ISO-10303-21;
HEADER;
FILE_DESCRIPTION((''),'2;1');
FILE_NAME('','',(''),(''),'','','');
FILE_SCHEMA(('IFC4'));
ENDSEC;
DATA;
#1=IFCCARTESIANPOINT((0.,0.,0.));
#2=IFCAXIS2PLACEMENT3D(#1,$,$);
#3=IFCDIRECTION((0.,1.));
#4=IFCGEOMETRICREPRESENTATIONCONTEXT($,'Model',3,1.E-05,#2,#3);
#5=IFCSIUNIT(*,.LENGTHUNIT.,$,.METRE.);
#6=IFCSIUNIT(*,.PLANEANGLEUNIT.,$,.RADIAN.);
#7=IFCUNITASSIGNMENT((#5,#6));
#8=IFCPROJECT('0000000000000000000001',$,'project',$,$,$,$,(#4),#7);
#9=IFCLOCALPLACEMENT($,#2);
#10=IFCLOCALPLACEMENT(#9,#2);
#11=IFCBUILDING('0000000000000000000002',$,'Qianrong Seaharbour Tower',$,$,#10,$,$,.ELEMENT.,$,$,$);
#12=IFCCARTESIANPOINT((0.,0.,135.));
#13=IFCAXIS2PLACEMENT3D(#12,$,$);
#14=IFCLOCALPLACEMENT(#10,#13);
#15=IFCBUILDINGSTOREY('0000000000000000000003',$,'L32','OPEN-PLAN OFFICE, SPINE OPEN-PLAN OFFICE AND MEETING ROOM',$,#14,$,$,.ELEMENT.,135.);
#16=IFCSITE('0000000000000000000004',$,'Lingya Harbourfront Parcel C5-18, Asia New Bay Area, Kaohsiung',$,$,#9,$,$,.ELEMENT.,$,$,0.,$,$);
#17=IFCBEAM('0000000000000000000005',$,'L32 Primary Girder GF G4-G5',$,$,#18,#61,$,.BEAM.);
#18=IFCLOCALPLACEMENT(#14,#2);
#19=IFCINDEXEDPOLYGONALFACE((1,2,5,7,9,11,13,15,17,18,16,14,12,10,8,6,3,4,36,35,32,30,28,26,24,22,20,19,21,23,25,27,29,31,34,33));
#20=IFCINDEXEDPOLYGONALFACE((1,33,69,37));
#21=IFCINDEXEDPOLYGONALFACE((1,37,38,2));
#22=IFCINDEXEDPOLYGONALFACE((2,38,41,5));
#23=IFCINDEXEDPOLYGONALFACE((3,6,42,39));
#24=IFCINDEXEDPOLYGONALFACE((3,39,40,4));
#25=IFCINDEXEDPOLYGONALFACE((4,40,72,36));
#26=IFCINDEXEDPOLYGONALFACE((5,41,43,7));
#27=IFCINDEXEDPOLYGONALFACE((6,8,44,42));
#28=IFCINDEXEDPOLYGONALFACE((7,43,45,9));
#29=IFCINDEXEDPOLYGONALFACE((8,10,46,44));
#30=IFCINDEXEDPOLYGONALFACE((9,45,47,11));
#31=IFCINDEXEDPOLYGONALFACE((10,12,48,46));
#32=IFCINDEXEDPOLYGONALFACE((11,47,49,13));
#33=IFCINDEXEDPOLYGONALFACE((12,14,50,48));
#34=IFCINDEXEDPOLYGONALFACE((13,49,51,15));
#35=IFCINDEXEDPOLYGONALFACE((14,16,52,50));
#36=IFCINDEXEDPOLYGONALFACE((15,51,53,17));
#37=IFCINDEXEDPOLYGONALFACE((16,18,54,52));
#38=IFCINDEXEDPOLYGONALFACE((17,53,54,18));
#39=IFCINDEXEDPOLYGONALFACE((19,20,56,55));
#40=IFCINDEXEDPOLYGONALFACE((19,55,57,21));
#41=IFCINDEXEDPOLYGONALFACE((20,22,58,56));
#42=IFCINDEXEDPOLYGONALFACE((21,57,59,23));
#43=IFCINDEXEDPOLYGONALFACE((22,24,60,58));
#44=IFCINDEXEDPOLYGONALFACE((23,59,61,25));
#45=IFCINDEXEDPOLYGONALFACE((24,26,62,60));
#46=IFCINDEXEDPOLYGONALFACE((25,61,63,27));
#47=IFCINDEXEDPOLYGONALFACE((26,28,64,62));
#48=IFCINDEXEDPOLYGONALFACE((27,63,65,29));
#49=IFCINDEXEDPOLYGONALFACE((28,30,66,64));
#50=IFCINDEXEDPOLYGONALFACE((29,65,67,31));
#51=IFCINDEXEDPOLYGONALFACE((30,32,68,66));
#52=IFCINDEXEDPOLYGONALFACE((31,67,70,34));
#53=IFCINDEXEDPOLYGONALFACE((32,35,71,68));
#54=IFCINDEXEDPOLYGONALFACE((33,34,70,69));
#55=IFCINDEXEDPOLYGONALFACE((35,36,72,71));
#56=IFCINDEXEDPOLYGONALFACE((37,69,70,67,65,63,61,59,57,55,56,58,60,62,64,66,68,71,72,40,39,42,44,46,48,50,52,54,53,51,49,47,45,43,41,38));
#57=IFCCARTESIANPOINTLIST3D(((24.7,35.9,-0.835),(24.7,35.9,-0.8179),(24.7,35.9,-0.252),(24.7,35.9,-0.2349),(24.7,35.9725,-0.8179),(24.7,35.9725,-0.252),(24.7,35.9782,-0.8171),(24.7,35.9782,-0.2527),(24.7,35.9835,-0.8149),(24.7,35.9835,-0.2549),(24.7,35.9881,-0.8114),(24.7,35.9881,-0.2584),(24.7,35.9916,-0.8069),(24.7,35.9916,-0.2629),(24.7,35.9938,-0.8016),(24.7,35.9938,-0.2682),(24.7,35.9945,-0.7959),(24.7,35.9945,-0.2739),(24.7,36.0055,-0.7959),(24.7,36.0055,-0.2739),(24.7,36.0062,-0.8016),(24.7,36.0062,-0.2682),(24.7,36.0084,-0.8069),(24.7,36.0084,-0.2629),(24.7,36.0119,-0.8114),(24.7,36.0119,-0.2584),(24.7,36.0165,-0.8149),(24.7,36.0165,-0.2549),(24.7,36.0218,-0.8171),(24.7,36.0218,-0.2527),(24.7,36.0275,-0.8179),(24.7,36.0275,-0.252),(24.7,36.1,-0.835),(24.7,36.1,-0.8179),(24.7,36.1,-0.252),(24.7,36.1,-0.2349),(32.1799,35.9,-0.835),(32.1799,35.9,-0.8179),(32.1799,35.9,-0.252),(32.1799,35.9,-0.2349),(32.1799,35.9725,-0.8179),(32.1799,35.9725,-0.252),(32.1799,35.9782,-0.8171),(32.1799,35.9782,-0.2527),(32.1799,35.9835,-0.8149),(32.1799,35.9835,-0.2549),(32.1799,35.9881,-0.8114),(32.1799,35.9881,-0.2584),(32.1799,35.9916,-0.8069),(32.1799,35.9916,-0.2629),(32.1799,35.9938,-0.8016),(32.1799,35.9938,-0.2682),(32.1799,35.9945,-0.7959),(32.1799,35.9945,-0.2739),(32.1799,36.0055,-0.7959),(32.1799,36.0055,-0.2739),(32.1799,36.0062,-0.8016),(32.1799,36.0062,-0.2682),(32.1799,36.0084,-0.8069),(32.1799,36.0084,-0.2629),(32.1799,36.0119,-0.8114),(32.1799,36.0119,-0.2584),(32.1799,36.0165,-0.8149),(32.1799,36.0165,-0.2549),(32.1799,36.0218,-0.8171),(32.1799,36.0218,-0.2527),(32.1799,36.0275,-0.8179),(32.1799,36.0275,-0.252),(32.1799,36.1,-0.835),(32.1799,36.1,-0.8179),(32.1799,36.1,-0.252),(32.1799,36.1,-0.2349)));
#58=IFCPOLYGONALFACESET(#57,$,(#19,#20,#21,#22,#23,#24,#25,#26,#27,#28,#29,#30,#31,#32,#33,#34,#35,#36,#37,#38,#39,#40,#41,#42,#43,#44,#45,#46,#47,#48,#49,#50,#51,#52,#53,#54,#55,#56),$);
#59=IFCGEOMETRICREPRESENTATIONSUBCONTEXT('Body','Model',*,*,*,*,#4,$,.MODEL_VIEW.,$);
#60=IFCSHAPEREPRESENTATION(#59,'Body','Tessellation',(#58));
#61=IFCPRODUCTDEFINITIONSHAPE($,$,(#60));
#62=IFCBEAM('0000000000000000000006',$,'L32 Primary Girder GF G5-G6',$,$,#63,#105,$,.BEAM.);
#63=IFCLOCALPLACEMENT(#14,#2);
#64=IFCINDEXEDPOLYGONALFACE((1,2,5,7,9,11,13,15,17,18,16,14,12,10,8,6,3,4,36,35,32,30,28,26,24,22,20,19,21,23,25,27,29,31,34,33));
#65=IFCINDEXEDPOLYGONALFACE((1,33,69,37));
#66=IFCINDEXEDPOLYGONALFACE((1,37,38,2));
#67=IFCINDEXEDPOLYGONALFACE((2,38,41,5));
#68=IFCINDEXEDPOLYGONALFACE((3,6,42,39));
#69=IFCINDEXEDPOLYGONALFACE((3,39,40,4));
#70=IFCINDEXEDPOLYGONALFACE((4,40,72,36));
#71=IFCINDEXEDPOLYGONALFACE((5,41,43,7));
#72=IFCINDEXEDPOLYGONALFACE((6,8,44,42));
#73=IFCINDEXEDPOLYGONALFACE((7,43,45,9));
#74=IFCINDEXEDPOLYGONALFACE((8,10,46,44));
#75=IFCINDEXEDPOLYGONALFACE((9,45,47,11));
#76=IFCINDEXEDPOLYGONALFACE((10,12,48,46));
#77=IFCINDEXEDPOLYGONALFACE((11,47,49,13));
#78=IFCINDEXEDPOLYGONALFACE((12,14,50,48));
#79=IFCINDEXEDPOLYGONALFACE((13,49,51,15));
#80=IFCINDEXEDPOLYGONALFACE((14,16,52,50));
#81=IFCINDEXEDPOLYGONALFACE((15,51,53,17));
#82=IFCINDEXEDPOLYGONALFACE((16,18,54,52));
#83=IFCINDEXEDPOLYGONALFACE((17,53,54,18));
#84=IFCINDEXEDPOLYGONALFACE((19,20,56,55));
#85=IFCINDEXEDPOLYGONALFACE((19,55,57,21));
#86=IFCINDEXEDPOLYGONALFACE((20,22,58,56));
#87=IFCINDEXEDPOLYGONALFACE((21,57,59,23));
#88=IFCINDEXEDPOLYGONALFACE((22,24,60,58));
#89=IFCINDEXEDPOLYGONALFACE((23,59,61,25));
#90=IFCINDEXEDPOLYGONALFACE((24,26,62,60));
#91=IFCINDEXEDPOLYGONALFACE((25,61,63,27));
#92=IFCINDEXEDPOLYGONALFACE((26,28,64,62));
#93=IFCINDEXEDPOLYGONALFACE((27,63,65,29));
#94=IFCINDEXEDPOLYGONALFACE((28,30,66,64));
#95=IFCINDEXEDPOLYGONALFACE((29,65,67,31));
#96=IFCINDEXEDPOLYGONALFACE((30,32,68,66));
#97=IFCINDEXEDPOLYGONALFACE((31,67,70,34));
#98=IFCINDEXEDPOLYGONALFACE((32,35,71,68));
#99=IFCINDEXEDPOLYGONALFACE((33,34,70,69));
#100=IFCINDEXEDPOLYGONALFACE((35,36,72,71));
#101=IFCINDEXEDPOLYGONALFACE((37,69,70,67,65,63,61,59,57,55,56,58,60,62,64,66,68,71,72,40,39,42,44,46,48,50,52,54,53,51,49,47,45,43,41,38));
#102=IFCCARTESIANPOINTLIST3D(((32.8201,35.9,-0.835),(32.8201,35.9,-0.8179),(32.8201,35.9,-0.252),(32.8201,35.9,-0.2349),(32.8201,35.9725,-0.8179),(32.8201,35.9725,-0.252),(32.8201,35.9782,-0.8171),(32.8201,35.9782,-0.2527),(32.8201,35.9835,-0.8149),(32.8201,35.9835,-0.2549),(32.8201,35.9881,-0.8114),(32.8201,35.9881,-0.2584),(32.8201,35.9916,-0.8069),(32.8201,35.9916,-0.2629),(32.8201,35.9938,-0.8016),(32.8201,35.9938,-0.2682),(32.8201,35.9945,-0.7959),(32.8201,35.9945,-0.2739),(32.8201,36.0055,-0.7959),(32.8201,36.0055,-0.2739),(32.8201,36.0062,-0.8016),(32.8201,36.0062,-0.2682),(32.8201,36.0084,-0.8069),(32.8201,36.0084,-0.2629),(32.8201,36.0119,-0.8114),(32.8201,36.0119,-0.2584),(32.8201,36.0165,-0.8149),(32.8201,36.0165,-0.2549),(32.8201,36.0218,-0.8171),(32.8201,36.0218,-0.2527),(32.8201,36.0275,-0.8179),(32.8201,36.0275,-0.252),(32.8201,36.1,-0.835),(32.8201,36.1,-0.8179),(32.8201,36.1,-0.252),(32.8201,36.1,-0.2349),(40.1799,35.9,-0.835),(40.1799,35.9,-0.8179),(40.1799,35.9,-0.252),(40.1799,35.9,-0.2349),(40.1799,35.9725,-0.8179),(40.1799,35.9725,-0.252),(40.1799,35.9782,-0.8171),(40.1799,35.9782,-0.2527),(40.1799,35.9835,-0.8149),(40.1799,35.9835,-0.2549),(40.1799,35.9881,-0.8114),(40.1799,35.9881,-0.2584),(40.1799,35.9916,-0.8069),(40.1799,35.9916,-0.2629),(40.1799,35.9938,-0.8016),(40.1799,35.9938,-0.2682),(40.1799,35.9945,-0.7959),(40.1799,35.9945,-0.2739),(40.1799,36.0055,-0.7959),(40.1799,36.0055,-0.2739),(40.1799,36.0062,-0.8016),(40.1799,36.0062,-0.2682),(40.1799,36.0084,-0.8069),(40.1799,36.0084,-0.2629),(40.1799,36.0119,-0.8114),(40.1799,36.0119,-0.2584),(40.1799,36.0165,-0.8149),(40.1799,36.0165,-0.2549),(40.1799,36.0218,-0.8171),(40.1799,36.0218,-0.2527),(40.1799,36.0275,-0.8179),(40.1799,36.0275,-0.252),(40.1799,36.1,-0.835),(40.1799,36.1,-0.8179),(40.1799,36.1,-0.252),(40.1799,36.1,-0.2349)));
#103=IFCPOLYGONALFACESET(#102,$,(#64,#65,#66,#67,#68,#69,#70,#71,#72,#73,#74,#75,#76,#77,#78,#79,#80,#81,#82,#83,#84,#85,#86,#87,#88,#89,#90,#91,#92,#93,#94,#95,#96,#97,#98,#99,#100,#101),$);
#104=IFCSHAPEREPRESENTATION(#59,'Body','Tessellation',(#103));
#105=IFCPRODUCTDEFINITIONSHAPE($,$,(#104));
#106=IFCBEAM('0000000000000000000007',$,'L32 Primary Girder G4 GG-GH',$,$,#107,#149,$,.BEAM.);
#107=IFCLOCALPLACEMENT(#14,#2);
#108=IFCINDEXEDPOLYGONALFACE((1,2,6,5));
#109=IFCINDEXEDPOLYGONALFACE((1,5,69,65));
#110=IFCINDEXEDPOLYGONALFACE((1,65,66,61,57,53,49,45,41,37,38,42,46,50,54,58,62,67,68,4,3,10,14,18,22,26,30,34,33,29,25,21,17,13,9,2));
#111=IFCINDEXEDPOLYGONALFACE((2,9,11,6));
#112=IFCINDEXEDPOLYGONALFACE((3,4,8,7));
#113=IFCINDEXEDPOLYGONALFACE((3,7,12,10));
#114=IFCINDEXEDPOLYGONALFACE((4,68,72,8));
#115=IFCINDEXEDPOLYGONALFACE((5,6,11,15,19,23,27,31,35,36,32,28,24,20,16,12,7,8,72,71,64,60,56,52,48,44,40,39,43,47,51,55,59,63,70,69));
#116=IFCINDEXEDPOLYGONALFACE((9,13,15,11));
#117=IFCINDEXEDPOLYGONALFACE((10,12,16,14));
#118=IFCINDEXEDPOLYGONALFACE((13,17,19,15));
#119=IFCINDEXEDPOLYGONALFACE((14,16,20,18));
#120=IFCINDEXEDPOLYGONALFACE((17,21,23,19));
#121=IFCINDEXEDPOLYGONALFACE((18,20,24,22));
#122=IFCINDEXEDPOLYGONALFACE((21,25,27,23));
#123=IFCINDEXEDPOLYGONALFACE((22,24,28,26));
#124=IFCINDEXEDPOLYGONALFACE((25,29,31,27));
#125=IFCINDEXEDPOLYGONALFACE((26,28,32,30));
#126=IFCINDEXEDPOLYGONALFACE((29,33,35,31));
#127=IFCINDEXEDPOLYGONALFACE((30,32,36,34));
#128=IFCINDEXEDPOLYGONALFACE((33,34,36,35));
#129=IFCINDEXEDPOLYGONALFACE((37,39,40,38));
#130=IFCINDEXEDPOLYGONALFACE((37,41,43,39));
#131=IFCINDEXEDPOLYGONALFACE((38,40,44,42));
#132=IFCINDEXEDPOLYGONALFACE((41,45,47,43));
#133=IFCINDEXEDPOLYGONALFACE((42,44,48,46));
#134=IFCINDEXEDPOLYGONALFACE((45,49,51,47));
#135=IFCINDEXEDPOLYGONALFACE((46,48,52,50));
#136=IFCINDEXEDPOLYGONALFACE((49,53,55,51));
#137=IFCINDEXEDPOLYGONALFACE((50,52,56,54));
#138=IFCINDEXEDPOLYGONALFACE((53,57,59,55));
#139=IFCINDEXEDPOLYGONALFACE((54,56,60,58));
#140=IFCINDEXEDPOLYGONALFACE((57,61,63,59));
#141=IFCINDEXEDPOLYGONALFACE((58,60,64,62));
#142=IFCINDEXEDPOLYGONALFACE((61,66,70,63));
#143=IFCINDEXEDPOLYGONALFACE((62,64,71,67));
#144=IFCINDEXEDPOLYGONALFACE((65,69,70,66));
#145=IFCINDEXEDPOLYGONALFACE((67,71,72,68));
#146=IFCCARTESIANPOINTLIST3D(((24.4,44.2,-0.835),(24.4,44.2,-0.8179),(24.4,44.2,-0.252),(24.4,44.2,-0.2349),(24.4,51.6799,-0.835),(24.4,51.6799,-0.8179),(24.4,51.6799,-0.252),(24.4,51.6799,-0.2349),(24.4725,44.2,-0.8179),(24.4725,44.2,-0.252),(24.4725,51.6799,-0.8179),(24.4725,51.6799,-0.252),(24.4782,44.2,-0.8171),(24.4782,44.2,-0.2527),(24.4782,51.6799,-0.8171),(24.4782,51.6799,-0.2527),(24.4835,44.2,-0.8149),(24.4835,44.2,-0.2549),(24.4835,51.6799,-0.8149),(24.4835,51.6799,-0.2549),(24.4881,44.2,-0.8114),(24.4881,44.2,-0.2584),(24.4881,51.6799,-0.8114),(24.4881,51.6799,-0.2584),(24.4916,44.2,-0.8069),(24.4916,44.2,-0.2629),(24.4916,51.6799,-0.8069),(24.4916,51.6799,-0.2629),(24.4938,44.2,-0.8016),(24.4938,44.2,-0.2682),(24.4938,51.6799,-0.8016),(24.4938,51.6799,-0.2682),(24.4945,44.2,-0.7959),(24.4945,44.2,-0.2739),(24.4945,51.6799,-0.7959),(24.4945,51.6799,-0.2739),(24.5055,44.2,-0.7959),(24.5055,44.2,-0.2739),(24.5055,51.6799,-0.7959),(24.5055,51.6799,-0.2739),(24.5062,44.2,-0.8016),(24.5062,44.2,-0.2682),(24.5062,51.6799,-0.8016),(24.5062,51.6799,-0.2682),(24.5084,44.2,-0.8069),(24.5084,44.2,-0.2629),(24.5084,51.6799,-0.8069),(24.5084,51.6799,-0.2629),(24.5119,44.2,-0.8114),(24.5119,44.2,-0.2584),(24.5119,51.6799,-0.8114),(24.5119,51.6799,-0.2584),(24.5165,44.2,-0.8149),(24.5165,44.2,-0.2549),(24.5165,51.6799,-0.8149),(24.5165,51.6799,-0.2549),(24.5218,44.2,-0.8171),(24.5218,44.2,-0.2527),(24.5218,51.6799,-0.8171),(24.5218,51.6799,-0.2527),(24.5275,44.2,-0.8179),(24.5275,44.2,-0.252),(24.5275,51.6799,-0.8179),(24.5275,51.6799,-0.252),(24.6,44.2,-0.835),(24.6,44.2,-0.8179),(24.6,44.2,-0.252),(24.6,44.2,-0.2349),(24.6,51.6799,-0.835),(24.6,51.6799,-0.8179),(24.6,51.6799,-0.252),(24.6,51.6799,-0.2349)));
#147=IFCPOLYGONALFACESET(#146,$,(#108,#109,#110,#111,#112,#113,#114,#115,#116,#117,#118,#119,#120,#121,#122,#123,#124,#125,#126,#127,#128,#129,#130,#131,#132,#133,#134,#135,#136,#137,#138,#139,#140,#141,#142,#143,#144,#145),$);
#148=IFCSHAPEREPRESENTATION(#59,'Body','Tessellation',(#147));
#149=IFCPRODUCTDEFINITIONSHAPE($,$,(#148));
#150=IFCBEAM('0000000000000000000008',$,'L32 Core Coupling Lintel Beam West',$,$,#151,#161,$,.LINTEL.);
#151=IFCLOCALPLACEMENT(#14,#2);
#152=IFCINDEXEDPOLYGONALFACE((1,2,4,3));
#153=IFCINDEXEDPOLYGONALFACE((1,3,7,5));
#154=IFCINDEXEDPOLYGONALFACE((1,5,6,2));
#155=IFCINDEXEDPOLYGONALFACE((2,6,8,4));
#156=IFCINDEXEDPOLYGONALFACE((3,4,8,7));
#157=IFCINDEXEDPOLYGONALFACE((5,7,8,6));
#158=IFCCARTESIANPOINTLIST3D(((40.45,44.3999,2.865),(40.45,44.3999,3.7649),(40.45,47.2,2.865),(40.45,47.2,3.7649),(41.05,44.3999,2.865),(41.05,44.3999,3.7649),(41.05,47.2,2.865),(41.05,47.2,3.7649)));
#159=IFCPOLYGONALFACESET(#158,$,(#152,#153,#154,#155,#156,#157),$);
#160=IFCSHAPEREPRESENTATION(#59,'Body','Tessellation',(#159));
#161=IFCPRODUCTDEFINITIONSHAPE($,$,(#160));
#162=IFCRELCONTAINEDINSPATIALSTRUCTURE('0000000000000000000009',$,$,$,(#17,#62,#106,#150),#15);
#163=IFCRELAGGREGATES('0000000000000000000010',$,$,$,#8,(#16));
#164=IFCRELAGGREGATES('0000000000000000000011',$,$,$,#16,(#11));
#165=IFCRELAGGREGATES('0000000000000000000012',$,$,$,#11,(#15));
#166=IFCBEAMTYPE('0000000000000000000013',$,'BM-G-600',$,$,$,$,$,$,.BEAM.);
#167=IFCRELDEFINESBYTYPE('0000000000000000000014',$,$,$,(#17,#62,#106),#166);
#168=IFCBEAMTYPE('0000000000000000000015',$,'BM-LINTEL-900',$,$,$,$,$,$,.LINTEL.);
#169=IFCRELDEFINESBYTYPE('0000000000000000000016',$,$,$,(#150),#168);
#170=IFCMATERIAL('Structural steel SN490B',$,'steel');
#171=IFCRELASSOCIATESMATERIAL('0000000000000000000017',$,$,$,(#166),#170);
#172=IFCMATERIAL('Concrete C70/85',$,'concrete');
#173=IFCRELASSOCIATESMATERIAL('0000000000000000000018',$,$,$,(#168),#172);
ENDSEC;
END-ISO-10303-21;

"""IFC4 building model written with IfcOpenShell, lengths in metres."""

from ifc_helpers import new_model, si_unit, direction, frame, origin, origin_2d, place, context, subcontext, project, spatial, rectangle, i_section, extrude, material, material_profile, profile_set, type_object, element, save


model = new_model("IFC4")

# Units and contexts
model_context = context("Model", 3, precision=1e-05, world=origin(), true_north=direction((0.0, 1.0)))
body_context = subcontext(model_context, "Body", "Model", "MODEL_VIEW")
ifc_project = project(units=[si_unit("LENGTHUNIT", "METRE"), si_unit("PLANEANGLEUNIT", "RADIAN")], contexts=[model_context])

# Site, building, storey
site_placement = place(None, origin())
site = spatial("IfcSite", under=ifc_project, at=site_placement, Name="Lingya Harbourfront Parcel C5-18, Asia New Bay Area, Kaohsiung", CompositionType="ELEMENT", RefElevation=0.0)
building_placement = place(site_placement, origin())
building = spatial("IfcBuilding", under=site, at=building_placement, Name="Qianrong Seaharbour Tower", CompositionType="ELEMENT")
storey_placement = place(building_placement, frame((0.0, 0.0, 135.0)))
storey = spatial("IfcBuildingStorey", under=building, at=storey_placement, Name="L32", Description="OPEN-PLAN OFFICE, SPINE OPEN-PLAN OFFICE AND MEETING ROOM", CompositionType="ELEMENT", Elevation=135.0)

# Shared definitions
ifc_material_1 = material(Name="Structural steel SN490B", Category="steel")

# Beams
ifc_material_profile_1 = material_profile(ifc_material_1, i_section(OverallWidth=0.2, OverallDepth=0.6001, WebThickness=0.011, FlangeThickness=0.0171, FilletRadius=0.022, at=origin_2d()), Name="H600x200x11x17")
ifc_profile_set_1 = profile_set([ifc_material_profile_1], Name="Structural steel SN490B")
beam_type_1 = type_object("IfcBeamType", Name="BM-G-600", PredefinedType="BEAM", material=ifc_profile_set_1)
beam_1_placement = place(storey_placement, frame((24.7, 36.0, -0.5349), z_axis=(1.0, 0.0, 0.0), x_axis=(0.0, 1.0, 0.0)))
element("IfcBeam", 1, at=beam_1_placement, inside=storey, type_object=beam_type_1, Name="L32 Primary Girder GF G4-G5", PredefinedType="BEAM", context=body_context, shape_type="SweptSolid", body=[
    extrude(i_section(OverallWidth=0.2, OverallDepth=0.6001, WebThickness=0.011, FlangeThickness=0.0171, FilletRadius=0.022, at=origin_2d()), origin(), (0.0, 0.0, 1.0), 7.48),
])
beam_2_placement = place(storey_placement, frame((32.8201, 36.0, -0.5349), z_axis=(1.0, 0.0, 0.0), x_axis=(0.0, 1.0, 0.0)))
element("IfcBeam", 2, at=beam_2_placement, inside=storey, type_object=beam_type_1, Name="L32 Primary Girder GF G5-G6", PredefinedType="BEAM", context=body_context, shape_type="SweptSolid", body=[
    extrude(i_section(OverallWidth=0.2, OverallDepth=0.6001, WebThickness=0.011, FlangeThickness=0.0171, FilletRadius=0.022, at=origin_2d()), origin(), (0.0, 0.0, 1.0), 7.3599),
])
beam_3_placement = place(storey_placement, frame((24.5, 44.2, -0.5349), z_axis=(0.0, 1.0, 0.0), x_axis=(-1.0, 0.0, 0.0)))
element("IfcBeam", 3, at=beam_3_placement, inside=storey, type_object=beam_type_1, Name="L32 Primary Girder G4 GG-GH", PredefinedType="BEAM", context=body_context, shape_type="SweptSolid", body=[
    extrude(i_section(OverallWidth=0.2, OverallDepth=0.6001, WebThickness=0.011, FlangeThickness=0.0171, FilletRadius=0.022, at=origin_2d()), origin(), (0.0, 0.0, 1.0), 7.48),
])
ifc_material_2 = material(Name="Concrete C70/85", Category="concrete")
ifc_material_profile_2 = material_profile(ifc_material_2, rectangle(XDim=0.6001, YDim=0.8999, at=origin_2d()), Name="RC600x900")
ifc_profile_set_2 = profile_set([ifc_material_profile_2], Name="Concrete C70/85")
beam_type_2 = type_object("IfcBeamType", Name="BM-LINTEL-900", PredefinedType="LINTEL", material=ifc_profile_set_2)
beam_4_placement = place(storey_placement, frame((40.75, 44.3999, 3.3149), z_axis=(0.0, 1.0, 0.0), x_axis=(-1.0, 0.0, 0.0)))
element("IfcBeam", 4, at=beam_4_placement, inside=storey, type_object=beam_type_2, Name="L32 Core Coupling Lintel Beam West", PredefinedType="LINTEL", context=body_context, shape_type="SweptSolid", body=[
    extrude(rectangle(XDim=0.6001, YDim=0.8999, at=origin_2d()), origin(), (0.0, 0.0, 1.0), 2.8),
])

save(model, "model.ifc")
